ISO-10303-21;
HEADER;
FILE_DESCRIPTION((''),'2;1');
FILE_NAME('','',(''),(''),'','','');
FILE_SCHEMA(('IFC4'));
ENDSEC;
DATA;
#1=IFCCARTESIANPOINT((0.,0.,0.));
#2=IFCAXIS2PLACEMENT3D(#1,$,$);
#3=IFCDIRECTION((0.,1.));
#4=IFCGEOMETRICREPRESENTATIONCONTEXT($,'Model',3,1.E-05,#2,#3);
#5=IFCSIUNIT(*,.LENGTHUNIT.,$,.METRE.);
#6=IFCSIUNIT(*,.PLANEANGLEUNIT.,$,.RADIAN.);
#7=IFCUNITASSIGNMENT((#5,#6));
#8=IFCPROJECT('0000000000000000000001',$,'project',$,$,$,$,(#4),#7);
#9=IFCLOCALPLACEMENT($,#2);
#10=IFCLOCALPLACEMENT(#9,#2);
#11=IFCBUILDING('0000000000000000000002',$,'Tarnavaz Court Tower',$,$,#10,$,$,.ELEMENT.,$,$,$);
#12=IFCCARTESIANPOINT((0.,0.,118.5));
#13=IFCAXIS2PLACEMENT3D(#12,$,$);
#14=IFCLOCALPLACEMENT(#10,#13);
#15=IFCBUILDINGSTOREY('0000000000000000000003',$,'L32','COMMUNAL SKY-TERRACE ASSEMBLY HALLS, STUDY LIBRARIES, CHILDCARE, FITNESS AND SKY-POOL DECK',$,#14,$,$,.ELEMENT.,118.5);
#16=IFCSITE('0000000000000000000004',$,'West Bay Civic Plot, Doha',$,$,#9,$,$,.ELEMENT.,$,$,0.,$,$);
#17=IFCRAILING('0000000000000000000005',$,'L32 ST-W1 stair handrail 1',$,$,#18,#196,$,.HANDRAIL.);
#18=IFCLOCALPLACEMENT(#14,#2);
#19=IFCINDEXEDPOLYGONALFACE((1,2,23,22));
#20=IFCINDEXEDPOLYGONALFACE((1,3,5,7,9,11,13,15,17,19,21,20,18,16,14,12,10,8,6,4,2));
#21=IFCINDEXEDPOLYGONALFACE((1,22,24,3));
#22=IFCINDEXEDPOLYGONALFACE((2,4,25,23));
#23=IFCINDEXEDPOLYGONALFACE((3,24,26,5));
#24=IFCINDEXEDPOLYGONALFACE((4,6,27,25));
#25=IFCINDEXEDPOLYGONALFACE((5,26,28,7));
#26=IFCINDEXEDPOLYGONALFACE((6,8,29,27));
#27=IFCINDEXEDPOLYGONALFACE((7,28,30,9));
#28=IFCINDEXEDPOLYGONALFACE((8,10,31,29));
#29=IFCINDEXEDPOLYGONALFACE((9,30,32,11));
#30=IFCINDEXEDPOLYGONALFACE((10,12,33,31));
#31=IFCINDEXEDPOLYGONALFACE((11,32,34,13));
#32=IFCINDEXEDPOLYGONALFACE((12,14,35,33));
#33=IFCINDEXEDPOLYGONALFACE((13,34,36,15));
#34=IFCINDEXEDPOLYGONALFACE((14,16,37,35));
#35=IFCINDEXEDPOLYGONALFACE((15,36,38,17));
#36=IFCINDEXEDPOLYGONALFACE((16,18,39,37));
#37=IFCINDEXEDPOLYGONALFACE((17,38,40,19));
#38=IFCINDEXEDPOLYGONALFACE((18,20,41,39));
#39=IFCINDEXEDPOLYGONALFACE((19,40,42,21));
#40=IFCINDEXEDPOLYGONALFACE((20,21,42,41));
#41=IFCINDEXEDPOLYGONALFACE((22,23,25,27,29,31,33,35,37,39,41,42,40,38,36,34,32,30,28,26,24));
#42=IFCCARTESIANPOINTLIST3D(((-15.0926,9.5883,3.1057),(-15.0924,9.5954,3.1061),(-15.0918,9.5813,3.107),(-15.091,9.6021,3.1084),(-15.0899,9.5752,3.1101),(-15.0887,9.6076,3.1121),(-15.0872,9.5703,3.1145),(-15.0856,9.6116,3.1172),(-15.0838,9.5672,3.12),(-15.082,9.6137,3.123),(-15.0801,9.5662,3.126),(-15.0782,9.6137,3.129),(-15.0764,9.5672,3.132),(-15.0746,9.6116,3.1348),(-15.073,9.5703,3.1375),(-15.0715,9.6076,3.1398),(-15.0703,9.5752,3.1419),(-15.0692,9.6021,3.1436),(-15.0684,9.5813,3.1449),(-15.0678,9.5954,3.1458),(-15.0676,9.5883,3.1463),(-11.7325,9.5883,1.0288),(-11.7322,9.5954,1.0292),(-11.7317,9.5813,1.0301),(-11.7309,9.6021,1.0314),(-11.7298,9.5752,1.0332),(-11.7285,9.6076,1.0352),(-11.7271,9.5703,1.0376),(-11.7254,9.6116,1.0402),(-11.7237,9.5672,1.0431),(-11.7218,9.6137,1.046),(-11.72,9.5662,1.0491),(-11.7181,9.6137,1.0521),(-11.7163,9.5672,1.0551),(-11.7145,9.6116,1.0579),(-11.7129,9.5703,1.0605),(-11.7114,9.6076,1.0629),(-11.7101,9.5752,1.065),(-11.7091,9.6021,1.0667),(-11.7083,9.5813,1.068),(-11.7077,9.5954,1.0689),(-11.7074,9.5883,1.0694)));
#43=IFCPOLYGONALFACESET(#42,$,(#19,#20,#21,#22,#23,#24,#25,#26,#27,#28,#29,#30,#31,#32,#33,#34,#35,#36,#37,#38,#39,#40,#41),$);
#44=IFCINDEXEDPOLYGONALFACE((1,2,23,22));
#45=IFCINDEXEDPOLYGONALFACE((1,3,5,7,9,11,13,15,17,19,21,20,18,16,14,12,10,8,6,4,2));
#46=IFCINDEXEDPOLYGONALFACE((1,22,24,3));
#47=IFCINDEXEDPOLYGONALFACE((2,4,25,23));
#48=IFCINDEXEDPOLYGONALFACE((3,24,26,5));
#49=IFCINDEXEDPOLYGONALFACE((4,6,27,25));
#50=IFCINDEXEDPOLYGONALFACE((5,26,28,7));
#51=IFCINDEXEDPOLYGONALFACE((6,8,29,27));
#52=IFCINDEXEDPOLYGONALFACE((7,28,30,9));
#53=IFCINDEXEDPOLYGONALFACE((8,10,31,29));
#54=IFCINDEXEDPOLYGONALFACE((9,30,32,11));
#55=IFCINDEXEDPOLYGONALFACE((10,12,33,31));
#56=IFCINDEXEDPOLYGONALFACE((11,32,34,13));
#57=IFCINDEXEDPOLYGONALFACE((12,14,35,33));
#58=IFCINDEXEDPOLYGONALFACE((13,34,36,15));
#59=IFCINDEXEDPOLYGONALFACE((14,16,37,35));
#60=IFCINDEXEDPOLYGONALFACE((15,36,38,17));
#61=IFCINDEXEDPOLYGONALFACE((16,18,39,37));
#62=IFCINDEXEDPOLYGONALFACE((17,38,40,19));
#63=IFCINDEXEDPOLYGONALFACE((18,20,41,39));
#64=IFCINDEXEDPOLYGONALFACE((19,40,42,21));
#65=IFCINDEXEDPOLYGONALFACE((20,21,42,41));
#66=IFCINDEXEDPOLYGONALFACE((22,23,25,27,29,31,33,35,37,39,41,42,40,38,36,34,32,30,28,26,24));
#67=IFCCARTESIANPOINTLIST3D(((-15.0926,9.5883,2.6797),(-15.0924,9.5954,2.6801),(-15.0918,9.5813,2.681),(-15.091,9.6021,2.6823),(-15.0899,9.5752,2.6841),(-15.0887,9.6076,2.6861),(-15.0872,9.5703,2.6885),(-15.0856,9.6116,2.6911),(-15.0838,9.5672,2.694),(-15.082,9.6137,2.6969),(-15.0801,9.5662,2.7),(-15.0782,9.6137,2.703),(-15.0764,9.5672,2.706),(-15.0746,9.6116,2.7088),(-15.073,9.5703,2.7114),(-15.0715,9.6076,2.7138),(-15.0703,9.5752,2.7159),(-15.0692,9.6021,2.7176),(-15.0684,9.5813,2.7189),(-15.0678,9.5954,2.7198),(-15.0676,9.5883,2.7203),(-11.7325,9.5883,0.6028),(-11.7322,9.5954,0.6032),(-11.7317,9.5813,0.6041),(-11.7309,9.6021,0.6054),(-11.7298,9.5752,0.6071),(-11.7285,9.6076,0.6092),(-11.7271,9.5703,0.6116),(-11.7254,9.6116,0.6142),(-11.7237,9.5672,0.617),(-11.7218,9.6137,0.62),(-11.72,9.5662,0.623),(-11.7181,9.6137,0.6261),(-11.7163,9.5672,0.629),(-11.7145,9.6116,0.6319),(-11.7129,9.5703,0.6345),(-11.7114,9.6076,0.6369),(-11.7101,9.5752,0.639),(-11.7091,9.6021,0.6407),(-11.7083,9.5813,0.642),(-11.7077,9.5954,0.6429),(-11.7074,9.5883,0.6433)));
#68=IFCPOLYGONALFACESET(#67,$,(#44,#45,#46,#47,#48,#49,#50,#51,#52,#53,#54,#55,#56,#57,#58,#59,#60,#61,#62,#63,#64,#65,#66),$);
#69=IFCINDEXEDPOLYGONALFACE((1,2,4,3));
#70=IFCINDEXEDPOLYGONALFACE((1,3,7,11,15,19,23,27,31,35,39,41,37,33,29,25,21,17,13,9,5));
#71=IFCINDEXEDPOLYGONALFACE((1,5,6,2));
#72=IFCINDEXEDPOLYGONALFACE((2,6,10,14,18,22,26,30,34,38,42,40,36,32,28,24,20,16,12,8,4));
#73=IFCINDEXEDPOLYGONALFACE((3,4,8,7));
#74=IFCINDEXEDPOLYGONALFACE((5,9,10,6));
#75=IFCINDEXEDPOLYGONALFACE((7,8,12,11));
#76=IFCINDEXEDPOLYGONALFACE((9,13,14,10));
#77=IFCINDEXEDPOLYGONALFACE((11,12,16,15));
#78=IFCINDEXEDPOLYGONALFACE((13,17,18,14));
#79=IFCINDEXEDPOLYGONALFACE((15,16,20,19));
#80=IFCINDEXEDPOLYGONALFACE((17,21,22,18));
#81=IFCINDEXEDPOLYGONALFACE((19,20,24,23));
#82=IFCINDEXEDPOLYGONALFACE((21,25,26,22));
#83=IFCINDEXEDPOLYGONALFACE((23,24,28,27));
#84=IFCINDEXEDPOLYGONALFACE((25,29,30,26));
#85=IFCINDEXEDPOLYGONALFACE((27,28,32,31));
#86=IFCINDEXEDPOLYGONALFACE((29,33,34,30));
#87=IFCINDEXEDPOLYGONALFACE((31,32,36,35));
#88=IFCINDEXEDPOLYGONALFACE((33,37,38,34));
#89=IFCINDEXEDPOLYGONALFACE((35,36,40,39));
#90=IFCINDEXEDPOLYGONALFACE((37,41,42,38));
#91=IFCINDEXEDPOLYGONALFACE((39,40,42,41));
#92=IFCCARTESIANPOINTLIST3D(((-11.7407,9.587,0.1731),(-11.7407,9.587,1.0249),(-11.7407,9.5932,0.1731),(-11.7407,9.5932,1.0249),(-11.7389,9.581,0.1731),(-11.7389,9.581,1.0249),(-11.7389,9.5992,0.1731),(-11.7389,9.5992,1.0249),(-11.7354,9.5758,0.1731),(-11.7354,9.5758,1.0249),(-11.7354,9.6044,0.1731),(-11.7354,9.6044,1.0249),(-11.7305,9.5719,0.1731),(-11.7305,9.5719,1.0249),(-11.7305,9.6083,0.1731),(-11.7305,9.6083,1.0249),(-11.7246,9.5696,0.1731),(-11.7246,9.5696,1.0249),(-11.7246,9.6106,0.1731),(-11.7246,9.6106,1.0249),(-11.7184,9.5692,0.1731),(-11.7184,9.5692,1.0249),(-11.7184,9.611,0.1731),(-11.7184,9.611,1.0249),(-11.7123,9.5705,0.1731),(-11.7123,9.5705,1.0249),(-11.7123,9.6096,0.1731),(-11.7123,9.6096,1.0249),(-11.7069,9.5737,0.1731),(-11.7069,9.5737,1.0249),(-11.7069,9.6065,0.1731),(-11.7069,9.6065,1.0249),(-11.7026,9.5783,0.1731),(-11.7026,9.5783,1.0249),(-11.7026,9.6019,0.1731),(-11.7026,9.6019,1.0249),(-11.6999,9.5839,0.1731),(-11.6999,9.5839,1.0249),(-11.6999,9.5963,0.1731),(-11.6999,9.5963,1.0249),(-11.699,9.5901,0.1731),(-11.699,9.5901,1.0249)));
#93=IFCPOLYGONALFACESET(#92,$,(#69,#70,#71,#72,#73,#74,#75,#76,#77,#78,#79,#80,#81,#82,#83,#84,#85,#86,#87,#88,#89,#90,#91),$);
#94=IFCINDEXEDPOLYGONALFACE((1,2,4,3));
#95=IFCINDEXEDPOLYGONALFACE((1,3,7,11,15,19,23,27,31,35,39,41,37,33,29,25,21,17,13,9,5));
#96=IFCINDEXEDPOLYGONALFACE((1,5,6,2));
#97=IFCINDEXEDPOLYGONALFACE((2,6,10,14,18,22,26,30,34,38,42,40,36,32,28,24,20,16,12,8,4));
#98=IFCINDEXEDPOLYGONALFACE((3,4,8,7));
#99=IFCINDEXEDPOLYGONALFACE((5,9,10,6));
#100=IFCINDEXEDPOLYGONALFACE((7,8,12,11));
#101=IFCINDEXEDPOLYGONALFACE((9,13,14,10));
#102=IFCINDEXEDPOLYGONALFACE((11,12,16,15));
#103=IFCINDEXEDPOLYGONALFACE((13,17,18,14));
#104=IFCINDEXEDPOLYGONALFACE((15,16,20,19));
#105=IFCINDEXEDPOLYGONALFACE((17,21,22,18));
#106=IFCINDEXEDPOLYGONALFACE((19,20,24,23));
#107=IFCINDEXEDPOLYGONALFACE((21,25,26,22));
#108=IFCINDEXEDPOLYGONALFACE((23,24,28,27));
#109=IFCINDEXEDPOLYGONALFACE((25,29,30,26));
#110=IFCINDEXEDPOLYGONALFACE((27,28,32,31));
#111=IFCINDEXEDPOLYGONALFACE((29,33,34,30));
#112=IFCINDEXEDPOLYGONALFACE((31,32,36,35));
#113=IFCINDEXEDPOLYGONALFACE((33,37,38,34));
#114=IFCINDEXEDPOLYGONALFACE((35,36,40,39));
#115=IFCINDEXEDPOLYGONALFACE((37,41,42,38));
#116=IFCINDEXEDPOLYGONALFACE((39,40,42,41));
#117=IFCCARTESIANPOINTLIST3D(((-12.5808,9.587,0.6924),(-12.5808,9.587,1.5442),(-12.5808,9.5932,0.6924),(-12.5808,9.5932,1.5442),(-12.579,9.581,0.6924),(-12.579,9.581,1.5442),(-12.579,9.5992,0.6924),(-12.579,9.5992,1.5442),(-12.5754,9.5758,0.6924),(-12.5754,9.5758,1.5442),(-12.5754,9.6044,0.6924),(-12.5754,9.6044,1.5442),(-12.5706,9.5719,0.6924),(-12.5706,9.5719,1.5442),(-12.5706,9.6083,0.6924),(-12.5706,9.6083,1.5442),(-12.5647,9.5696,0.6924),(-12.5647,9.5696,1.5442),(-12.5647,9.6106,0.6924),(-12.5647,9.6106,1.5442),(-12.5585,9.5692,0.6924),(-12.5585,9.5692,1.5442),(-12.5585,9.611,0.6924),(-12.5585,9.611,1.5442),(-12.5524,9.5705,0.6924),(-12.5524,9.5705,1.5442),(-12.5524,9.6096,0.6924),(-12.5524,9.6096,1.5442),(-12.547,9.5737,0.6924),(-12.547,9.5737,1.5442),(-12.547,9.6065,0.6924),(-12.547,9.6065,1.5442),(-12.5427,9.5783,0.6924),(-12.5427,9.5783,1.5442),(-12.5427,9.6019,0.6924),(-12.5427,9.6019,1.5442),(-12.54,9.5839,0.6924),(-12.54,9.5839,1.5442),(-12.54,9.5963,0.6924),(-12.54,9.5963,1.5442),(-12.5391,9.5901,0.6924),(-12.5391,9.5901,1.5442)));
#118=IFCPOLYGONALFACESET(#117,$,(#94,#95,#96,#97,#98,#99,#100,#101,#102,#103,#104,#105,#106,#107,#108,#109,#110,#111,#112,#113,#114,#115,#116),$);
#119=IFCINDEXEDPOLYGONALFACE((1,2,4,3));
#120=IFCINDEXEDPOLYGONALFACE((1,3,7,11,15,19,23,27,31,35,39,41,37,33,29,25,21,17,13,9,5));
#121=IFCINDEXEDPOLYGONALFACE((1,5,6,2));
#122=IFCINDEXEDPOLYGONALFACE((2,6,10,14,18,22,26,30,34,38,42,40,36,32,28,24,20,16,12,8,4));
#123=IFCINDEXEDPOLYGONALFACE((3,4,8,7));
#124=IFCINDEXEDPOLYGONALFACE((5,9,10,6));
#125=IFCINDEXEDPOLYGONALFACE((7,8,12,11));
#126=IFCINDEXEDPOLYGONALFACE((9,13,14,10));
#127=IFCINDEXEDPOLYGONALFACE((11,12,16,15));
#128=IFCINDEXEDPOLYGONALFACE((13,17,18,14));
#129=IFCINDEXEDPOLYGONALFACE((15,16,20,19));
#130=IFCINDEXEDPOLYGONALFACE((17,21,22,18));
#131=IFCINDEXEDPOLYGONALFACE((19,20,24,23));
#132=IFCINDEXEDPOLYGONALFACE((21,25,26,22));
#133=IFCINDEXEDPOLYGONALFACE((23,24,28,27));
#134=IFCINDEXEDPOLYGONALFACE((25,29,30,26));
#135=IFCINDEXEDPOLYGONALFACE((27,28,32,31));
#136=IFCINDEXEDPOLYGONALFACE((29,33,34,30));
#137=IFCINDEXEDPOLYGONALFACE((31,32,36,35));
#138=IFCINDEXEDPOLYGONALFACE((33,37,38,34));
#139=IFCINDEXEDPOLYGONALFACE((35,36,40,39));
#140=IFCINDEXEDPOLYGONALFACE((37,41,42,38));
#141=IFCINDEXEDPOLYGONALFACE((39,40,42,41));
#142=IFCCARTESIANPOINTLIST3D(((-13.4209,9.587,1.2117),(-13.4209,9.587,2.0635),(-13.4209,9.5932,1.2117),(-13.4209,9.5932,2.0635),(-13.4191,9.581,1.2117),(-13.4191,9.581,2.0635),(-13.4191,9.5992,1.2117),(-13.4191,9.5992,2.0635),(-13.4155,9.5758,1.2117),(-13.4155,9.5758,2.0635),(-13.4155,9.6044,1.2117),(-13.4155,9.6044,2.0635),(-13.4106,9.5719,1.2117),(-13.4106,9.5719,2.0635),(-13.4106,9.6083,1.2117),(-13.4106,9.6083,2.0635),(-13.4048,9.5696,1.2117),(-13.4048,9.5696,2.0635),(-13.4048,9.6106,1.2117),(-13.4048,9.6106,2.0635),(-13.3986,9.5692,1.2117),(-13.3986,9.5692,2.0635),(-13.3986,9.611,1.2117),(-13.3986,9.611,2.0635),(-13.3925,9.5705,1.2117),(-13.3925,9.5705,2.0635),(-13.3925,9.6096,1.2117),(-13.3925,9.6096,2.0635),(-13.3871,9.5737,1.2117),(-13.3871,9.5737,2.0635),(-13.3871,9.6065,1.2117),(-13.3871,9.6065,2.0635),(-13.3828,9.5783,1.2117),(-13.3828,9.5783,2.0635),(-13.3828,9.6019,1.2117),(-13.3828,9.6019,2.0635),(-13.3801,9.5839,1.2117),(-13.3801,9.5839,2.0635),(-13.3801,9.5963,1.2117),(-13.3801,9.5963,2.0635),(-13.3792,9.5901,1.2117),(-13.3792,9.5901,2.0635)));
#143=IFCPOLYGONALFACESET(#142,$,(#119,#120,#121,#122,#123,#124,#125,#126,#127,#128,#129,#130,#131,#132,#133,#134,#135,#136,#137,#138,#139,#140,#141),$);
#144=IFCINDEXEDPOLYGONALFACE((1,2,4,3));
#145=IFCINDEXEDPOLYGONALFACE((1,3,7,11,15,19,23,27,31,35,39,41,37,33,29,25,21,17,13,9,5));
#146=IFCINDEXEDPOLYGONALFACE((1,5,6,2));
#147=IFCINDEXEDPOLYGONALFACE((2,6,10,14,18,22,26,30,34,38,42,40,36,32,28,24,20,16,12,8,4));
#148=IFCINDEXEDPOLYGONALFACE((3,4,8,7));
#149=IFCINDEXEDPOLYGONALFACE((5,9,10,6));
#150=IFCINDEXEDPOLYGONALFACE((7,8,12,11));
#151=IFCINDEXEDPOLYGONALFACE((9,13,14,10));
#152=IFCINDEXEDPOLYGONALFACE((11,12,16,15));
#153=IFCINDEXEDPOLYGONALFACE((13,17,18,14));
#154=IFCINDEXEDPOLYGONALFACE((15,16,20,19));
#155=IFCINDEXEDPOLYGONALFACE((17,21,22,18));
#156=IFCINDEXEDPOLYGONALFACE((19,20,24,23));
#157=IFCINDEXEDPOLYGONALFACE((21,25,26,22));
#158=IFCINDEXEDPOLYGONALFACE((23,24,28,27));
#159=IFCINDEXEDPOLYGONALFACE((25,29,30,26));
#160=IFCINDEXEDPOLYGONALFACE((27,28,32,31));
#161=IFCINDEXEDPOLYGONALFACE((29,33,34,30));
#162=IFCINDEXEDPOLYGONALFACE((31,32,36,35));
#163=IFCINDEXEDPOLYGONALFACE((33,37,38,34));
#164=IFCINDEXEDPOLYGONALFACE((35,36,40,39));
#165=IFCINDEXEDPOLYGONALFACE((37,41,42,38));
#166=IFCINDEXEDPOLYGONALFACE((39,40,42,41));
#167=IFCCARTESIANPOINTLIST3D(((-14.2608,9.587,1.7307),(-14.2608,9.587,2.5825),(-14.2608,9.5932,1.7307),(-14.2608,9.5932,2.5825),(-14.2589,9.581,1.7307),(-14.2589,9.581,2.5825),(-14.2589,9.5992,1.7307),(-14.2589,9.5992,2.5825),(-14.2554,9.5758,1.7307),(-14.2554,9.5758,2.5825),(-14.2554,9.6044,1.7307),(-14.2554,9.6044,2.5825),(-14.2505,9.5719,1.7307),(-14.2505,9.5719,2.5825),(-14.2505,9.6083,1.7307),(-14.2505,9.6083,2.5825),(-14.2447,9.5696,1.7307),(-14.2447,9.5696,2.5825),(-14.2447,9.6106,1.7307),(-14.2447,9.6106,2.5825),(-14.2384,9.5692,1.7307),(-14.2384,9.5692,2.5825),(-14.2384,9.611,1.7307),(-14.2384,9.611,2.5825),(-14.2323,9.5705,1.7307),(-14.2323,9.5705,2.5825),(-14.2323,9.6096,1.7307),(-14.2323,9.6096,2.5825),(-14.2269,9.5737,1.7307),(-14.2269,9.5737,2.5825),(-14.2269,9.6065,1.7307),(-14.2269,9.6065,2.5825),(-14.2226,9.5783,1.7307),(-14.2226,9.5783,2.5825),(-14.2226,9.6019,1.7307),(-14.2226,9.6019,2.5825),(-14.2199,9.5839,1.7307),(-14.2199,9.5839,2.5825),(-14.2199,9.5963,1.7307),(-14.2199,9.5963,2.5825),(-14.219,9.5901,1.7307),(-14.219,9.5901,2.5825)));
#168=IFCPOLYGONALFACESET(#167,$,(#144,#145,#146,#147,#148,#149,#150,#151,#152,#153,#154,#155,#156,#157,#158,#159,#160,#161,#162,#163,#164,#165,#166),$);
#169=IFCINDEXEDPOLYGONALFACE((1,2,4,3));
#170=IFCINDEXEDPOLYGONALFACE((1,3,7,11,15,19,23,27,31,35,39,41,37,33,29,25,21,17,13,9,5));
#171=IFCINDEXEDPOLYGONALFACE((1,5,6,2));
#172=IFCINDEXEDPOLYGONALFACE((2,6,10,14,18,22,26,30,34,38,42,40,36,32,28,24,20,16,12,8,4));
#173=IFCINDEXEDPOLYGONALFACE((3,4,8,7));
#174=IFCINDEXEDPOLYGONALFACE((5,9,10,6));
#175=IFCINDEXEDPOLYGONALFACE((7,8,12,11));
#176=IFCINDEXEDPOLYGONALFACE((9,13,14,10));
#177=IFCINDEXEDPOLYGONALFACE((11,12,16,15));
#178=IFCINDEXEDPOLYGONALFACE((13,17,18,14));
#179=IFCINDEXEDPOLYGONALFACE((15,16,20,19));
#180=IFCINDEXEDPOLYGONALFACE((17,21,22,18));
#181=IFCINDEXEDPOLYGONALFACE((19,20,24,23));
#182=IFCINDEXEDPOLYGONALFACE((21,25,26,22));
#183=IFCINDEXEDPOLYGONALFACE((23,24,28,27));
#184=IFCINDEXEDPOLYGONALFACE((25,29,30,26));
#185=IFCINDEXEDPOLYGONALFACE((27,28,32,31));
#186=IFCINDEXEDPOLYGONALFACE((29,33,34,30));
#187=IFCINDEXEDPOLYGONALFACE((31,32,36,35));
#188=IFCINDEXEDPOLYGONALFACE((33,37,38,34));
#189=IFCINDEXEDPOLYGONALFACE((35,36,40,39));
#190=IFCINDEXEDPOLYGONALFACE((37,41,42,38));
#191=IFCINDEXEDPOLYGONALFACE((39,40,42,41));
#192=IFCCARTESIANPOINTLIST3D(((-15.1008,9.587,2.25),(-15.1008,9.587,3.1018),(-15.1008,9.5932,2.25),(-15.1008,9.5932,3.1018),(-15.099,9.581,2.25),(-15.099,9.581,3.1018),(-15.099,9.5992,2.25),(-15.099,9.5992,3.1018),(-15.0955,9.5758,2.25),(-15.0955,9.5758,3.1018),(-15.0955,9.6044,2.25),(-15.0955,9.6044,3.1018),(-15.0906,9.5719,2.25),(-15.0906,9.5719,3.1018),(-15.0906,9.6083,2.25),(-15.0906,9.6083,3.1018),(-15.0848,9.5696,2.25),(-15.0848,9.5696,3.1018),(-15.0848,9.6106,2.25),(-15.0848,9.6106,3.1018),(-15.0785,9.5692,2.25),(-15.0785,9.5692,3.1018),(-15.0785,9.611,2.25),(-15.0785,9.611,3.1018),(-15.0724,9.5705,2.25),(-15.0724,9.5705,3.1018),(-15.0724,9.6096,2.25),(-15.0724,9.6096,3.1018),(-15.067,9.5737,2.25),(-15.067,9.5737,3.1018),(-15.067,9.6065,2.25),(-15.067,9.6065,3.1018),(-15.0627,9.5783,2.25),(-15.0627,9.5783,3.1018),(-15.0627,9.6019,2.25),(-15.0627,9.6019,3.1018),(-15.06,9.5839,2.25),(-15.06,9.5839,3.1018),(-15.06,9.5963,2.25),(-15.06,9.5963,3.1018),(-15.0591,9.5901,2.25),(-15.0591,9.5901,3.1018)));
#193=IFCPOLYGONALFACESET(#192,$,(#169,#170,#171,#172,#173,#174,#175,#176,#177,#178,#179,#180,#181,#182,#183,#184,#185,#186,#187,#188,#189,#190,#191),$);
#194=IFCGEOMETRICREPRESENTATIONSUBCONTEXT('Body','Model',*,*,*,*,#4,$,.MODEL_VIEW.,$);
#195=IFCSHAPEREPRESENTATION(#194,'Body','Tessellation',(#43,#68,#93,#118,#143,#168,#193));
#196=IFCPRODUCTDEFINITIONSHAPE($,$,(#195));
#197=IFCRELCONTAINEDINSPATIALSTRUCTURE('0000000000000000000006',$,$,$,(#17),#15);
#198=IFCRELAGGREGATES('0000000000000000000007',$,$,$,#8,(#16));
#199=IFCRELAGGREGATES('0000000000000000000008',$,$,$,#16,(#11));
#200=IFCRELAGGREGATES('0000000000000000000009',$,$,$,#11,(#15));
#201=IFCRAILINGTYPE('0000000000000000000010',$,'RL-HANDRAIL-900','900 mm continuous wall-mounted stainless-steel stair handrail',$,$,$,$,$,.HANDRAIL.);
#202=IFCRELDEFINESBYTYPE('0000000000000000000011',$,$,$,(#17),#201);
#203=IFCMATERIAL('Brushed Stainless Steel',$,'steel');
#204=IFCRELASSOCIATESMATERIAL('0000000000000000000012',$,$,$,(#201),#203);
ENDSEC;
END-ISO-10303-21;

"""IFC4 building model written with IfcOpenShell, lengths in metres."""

from ifc_helpers import new_model, si_unit, direction, frame, origin, origin_2d, place, context, subcontext, project, spatial, circle, extrude, material, type_object, element, save


model = new_model("IFC4")

# Units and contexts
model_context = context("Model", 3, precision=1e-05, world=origin(), true_north=direction((0.0, 1.0)))
body_context = subcontext(model_context, "Body", "Model", "MODEL_VIEW")
ifc_project = project(units=[si_unit("LENGTHUNIT", "METRE"), si_unit("PLANEANGLEUNIT", "RADIAN")], contexts=[model_context])

# Site, building, storey
site_placement = place(None, origin())
site = spatial("IfcSite", under=ifc_project, at=site_placement, Name="West Bay Civic Plot, Doha", CompositionType="ELEMENT", RefElevation=0.0)
building_placement = place(site_placement, origin())
building = spatial("IfcBuilding", under=site, at=building_placement, Name="Tarnavaz Court Tower", CompositionType="ELEMENT")
storey_placement = place(building_placement, frame((0.0, 0.0, 118.5)))
storey = spatial("IfcBuildingStorey", under=building, at=storey_placement, Name="L32", Description="COMMUNAL SKY-TERRACE ASSEMBLY HALLS, STUDY LIBRARIES, CHILDCARE, FITNESS AND SKY-POOL DECK", CompositionType="ELEMENT", Elevation=118.5)

# Railing
ifc_material_1 = material(Name="Brushed Stainless Steel", Category="steel")
railing_type_1 = type_object("IfcRailingType", Name="RL-HANDRAIL-900", Description="900 mm continuous wall-mounted stainless-steel stair handrail", PredefinedType="HANDRAIL", material=ifc_material_1)
railing_1_placement = place(storey_placement, frame((-11.72, 9.5901, 0.1731)))
element("IfcRailing", 1, at=railing_1_placement, inside=storey, type_object=railing_type_1, Name="L32 ST-W1 stair handrail 1", PredefinedType="HANDRAIL", context=body_context, shape_type="SweptSolid", body=[
    extrude(circle(Radius=0.0239, at=origin_2d()), frame((0.0, 0.0, 0.876), z_axis=(-0.850623, 0.0, 0.525776), x_axis=(0.0, -1.0, 0.0)), (0.0, 0.0, 1.0), 3.9502),
    extrude(circle(Radius=0.0239, at=origin_2d()), frame((0.0, 0.0, 0.45), z_axis=(-0.850623, 0.0, 0.525776), x_axis=(0.0, -1.0, 0.0)), (0.0, 0.0, 1.0), 3.9502),
    extrude(circle(Radius=0.021, at=origin_2d()), origin(), (0.0, 0.0, 1.0), 0.8518),
    extrude(circle(Radius=0.021, at=origin_2d()), frame((-0.8401, 0.0, 0.5193)), (0.0, 0.0, 1.0), 0.8518),
    extrude(circle(Radius=0.021, at=origin_2d()), frame((-1.6802, 0.0, 1.0386)), (0.0, 0.0, 1.0), 0.8518),
    extrude(circle(Radius=0.021, at=origin_2d()), frame((-2.52, 0.0, 1.5576)), (0.0, 0.0, 1.0), 0.8518),
    extrude(circle(Radius=0.021, at=origin_2d()), frame((-3.3601, 0.0, 2.0769)), (0.0, 0.0, 1.0), 0.8518),
])

save(model, "model.ifc")
